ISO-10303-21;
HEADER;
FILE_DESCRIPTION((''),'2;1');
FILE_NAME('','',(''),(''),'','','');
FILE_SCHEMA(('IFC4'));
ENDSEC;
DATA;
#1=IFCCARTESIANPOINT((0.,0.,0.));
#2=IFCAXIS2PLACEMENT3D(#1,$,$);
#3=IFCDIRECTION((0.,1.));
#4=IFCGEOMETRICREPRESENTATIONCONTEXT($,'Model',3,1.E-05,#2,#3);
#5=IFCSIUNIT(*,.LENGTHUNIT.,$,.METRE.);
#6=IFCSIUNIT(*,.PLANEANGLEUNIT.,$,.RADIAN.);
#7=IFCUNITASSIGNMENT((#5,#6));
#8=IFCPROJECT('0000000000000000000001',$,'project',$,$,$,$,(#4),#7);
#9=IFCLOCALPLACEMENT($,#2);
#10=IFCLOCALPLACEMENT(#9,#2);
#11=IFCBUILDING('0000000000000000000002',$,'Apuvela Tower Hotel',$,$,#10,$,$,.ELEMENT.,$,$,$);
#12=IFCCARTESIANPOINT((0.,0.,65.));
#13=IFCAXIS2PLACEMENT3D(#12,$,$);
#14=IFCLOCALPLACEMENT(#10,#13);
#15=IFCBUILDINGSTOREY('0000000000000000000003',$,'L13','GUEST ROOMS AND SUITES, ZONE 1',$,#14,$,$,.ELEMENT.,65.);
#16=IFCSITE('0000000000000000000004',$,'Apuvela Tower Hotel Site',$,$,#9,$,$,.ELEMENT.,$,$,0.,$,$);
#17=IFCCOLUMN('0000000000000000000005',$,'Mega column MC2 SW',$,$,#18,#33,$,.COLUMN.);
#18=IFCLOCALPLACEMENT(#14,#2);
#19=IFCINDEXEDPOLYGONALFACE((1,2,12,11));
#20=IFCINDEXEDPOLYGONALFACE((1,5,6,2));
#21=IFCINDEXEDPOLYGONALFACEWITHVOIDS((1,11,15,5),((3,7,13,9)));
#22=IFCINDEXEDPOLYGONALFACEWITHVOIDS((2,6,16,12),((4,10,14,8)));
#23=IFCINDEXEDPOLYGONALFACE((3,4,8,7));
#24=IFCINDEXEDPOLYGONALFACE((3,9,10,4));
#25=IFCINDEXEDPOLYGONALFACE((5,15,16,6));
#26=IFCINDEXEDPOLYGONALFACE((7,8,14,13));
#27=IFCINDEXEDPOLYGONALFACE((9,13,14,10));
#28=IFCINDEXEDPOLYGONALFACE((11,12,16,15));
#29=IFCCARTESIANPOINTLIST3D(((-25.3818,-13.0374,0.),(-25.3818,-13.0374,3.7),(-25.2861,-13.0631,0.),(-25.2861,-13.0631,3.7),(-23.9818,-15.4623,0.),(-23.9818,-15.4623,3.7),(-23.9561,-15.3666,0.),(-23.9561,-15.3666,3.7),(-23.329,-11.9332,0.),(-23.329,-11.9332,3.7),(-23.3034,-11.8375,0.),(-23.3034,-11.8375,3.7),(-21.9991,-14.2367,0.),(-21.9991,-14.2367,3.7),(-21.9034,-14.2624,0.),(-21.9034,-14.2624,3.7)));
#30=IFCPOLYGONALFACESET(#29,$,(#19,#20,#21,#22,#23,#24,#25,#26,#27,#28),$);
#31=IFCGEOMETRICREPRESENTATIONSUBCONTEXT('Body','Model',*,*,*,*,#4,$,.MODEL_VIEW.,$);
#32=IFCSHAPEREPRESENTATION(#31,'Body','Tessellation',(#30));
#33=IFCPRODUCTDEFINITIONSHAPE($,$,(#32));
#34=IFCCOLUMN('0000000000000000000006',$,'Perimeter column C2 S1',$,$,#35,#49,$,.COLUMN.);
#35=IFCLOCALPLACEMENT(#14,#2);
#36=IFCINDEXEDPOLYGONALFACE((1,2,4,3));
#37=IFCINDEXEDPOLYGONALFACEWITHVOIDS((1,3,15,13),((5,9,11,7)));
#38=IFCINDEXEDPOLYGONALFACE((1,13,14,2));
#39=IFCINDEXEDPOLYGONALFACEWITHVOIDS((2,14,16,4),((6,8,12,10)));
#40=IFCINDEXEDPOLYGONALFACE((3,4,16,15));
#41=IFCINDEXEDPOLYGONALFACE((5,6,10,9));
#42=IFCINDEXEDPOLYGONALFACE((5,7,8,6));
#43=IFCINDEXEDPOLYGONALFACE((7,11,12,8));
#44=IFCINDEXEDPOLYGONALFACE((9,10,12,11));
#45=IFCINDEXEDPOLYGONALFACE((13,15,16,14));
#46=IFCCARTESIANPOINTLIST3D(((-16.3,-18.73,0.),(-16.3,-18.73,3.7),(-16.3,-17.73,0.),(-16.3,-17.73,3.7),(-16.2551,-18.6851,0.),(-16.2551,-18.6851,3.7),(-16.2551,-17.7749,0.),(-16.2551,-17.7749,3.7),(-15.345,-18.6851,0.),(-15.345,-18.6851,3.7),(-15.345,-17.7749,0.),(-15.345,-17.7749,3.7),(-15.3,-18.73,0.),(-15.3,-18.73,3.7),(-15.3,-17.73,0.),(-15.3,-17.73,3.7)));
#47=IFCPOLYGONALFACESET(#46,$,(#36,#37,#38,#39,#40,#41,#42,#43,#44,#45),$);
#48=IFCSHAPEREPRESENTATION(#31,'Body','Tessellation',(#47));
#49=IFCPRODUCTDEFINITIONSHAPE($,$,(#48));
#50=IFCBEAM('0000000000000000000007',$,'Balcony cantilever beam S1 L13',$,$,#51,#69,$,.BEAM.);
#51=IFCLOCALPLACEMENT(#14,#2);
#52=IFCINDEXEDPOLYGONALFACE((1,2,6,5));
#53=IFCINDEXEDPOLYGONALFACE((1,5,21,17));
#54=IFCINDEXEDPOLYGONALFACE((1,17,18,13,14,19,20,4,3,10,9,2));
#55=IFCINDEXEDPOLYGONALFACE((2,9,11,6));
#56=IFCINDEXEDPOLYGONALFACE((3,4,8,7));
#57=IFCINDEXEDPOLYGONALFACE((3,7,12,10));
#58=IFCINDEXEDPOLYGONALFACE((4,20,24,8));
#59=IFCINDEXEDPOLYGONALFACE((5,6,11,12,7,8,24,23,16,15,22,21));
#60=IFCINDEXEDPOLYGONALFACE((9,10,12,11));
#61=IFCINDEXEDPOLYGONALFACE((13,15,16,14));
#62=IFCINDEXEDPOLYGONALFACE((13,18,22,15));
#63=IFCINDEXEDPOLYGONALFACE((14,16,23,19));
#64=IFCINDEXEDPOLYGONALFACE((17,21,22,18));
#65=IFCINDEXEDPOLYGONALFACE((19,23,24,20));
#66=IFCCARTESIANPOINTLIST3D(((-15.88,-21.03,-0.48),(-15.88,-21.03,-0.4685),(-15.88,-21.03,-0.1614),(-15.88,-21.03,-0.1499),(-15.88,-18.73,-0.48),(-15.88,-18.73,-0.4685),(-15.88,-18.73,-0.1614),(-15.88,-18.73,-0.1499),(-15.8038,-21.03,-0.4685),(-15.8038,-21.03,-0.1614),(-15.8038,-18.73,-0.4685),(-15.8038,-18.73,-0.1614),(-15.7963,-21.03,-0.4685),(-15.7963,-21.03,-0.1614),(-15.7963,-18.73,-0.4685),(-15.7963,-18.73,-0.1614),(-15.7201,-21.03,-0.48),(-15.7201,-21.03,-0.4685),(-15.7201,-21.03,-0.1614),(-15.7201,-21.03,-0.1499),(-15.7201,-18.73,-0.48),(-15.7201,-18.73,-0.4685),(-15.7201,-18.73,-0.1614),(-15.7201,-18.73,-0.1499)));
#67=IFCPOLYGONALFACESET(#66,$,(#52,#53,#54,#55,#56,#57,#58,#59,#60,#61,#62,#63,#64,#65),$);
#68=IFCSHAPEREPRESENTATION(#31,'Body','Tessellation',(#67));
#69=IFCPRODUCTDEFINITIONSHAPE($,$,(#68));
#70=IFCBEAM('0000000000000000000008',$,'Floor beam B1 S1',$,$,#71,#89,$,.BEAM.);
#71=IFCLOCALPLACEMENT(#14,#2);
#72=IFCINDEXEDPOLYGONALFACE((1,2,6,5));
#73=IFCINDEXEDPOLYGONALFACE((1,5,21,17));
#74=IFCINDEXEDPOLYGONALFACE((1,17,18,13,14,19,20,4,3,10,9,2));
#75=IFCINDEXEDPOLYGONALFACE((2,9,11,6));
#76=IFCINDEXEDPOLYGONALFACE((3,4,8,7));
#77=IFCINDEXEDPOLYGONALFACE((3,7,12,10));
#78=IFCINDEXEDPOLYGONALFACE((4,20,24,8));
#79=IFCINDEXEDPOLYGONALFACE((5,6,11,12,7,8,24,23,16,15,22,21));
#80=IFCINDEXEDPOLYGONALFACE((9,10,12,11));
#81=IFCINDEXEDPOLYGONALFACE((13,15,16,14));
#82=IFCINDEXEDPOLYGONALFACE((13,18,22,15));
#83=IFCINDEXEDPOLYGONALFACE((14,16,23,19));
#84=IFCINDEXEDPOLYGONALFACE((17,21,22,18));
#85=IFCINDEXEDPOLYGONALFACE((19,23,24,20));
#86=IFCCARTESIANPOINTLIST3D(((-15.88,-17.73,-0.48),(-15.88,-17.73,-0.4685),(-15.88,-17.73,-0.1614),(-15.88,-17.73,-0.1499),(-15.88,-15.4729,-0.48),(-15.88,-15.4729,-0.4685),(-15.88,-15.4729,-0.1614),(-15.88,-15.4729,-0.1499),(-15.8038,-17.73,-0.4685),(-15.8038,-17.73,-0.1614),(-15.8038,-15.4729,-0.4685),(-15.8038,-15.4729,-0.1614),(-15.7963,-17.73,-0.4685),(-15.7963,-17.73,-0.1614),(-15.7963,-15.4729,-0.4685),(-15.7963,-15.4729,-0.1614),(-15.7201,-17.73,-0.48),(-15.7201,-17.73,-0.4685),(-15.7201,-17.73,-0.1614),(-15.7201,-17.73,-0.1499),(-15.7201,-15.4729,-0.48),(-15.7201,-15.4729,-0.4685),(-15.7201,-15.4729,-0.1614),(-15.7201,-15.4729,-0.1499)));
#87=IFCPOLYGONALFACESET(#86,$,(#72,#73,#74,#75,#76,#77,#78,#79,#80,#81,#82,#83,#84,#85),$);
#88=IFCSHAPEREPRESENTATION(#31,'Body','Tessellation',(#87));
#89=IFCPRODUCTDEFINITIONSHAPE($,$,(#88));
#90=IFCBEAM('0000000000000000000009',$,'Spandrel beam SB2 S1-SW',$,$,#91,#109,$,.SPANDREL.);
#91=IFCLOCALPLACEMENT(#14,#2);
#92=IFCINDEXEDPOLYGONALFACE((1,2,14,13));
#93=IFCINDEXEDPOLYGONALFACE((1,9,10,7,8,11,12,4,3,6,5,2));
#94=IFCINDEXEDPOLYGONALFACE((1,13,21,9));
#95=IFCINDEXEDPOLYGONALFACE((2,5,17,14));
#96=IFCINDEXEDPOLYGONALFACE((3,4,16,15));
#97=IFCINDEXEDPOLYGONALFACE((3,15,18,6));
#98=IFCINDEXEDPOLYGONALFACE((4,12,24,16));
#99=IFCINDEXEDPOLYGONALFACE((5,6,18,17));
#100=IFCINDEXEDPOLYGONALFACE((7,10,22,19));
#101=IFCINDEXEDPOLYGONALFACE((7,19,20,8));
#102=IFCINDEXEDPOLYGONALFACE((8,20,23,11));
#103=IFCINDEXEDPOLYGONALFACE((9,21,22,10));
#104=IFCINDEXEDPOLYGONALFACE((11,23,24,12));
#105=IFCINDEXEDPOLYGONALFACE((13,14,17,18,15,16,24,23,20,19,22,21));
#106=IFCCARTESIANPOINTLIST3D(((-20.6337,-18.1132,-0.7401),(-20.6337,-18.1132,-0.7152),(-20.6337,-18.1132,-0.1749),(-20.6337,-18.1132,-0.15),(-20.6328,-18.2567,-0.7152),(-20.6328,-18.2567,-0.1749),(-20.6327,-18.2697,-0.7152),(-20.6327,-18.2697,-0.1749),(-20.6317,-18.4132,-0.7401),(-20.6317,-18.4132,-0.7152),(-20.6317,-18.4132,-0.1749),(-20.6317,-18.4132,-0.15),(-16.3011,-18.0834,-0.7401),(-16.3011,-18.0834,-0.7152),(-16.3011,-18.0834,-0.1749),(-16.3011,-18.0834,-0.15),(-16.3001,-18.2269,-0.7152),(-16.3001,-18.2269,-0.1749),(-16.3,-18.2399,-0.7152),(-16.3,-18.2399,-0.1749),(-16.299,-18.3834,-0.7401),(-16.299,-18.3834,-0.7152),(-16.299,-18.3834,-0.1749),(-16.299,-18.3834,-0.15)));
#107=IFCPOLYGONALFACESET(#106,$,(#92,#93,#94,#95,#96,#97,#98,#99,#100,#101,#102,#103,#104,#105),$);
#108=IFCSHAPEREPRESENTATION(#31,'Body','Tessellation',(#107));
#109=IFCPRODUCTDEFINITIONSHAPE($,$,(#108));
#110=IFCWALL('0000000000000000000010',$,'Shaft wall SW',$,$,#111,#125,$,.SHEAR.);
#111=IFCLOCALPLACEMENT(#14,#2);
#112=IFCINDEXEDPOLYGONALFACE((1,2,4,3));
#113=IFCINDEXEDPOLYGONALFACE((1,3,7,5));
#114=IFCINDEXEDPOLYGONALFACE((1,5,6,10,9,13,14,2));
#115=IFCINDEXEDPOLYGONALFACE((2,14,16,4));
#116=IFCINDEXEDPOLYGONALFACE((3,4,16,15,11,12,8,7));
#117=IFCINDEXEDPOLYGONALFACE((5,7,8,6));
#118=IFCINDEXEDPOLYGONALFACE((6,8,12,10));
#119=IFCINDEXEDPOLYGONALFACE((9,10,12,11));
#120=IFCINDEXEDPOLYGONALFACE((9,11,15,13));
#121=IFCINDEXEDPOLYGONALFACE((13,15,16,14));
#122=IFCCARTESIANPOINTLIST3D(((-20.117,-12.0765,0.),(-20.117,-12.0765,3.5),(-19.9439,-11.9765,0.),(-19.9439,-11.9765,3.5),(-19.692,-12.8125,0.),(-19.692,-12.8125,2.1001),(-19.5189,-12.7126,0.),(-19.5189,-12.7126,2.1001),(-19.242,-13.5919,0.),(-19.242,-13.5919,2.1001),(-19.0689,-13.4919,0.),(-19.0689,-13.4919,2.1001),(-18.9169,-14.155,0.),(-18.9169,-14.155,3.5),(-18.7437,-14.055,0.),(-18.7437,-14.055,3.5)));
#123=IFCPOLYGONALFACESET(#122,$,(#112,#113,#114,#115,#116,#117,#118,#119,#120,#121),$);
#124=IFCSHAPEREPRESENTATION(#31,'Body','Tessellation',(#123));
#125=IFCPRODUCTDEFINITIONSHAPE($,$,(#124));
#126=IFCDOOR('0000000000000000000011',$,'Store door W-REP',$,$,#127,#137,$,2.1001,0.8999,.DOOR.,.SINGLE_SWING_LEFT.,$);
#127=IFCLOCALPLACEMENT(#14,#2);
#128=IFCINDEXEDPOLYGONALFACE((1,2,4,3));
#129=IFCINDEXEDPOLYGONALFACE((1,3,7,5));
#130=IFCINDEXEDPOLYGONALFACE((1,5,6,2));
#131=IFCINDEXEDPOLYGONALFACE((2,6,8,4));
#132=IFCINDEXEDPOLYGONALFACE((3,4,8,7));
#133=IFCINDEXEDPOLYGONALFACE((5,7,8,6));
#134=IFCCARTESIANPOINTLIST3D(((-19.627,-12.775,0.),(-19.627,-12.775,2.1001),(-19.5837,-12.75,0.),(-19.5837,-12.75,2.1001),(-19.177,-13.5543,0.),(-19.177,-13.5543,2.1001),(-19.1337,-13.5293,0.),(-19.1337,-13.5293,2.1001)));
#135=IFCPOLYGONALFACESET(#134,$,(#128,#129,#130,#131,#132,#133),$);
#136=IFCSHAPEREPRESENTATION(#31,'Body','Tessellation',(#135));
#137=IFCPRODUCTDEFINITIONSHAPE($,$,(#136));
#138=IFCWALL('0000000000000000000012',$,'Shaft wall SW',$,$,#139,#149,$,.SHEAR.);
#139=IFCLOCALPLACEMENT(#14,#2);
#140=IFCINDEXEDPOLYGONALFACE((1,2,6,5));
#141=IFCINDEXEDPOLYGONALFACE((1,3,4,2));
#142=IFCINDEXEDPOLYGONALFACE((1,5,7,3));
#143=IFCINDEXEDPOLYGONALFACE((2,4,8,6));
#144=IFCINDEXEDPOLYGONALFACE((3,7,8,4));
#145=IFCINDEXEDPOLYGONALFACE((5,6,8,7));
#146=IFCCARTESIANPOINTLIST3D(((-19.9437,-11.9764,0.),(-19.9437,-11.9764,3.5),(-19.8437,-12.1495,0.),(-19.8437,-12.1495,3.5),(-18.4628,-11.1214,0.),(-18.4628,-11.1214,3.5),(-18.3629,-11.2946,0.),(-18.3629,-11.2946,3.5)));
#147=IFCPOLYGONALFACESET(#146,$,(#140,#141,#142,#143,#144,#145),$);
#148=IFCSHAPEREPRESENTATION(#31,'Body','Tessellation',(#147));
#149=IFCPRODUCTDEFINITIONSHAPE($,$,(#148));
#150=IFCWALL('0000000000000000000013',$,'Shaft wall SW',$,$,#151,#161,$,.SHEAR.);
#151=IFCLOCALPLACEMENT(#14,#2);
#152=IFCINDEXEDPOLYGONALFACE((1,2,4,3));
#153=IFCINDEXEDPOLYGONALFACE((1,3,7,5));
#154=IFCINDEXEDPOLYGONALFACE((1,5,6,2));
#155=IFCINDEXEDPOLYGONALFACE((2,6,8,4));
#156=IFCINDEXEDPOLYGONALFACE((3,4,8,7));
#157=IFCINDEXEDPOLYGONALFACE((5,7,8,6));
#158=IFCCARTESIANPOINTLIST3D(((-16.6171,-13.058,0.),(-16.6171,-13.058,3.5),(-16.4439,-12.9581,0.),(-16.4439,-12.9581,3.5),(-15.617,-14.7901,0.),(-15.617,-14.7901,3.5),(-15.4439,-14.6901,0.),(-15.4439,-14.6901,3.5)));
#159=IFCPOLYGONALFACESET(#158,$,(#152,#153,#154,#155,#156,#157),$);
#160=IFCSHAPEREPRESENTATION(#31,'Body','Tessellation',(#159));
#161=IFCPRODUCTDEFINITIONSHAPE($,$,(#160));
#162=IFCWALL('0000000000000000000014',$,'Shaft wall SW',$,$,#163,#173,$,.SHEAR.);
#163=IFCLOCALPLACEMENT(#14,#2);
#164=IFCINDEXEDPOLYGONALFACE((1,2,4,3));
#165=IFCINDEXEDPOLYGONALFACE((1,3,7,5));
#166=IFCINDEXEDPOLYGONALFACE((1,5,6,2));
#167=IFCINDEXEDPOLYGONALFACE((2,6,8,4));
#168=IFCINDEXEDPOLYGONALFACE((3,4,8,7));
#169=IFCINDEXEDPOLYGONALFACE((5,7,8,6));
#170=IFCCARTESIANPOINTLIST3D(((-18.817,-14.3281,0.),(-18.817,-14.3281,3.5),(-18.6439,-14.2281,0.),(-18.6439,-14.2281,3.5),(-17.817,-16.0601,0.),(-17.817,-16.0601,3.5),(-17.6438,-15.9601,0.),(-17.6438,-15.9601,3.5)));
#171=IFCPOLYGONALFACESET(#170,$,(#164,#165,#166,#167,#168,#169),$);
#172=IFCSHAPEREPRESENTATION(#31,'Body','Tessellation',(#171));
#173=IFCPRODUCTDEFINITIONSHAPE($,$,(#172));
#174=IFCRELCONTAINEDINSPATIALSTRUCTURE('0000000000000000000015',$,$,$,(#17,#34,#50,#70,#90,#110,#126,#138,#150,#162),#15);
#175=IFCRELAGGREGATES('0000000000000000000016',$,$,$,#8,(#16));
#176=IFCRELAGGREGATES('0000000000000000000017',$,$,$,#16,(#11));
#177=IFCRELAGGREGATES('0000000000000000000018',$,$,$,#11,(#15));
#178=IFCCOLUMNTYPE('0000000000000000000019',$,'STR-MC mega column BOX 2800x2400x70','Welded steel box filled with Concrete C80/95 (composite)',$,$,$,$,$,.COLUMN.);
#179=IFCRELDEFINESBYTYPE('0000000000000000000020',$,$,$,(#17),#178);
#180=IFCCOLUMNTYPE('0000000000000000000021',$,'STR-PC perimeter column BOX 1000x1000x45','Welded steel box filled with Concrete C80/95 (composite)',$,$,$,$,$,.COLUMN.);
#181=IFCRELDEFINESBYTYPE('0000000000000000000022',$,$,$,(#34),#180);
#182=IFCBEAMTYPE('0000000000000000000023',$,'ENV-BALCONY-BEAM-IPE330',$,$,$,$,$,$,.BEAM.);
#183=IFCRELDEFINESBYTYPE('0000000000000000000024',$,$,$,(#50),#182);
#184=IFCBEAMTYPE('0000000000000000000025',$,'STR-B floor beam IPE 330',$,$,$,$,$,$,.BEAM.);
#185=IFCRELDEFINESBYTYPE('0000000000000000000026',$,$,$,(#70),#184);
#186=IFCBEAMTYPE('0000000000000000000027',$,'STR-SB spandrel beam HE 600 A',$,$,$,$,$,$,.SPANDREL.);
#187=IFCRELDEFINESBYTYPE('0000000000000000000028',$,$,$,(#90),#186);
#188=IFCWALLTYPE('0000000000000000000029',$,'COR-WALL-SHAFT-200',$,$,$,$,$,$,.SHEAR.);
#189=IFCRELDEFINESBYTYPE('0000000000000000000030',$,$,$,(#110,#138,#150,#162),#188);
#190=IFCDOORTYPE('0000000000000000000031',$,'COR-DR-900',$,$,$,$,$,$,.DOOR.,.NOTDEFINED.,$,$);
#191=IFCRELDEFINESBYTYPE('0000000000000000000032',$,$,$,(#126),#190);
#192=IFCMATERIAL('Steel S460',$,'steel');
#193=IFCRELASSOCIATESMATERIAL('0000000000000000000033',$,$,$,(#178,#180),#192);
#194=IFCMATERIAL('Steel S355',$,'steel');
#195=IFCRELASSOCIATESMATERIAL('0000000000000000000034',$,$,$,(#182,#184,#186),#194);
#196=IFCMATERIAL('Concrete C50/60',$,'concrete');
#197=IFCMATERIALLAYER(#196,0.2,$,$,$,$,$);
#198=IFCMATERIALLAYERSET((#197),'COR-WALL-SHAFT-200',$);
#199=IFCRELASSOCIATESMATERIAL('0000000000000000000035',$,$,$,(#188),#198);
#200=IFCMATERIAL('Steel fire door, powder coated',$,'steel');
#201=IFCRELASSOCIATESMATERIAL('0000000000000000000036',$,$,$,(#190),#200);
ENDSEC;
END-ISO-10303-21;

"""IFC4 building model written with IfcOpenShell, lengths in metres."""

from ifc_helpers import new_model, si_unit, direction, frame, frame_2d, origin, origin_2d, place, context, subcontext, project, spatial, rectangle, hollow_rectangle, i_section, extrude, material, layer, layer_set, material_profile, profile_set, type_object, element, fill, save


model = new_model("IFC4")

# Units and contexts
model_context = context("Model", 3, precision=1e-05, world=origin(), true_north=direction((0.0, 1.0)))
body_context = subcontext(model_context, "Body", "Model", "MODEL_VIEW")
ifc_project = project(units=[si_unit("LENGTHUNIT", "METRE"), si_unit("PLANEANGLEUNIT", "RADIAN")], contexts=[model_context])

# Site, building, storey
site_placement = place(None, origin())
site = spatial("IfcSite", under=ifc_project, at=site_placement, Name="Apuvela Tower Hotel Site", CompositionType="ELEMENT", RefElevation=0.0)
building_placement = place(site_placement, origin())
building = spatial("IfcBuilding", under=site, at=building_placement, Name="Apuvela Tower Hotel", CompositionType="ELEMENT")
storey_placement = place(building_placement, frame((0.0, 0.0, 65.0)))
storey = spatial("IfcBuildingStorey", under=building, at=storey_placement, Name="L13", Description="GUEST ROOMS AND SUITES, ZONE 1", CompositionType="ELEMENT", Elevation=65.0)

# Columns
ifc_material_1 = material(Name="Steel S460", Category="steel")
ifc_material_profile_1 = material_profile(ifc_material_1, hollow_rectangle(XDim=2.8, YDim=2.3999, WallThickness=0.0701, at=origin_2d()), Name="BOX 2800x2400x70")
ifc_material_2 = material(Name="Concrete C80/95", Category="concrete")
ifc_material_profile_2 = material_profile(ifc_material_2, rectangle(XDim=2.6599, YDim=2.26, at=origin_2d()), Name="Concrete C80/95 infill")
ifc_profile_set_1 = profile_set([ifc_material_profile_1, ifc_material_profile_2], Name="Steel S460")
column_type_1 = type_object("IfcColumnType", Name="STR-MC mega column BOX 2800x2400x70", Description="Welded steel box filled with Concrete C80/95 (composite)", PredefinedType="COLUMN", material=ifc_profile_set_1)
column_1_placement = place(storey_placement, frame((-23.6426, -13.6499, 0.0), z_axis=(0.0, 0.0, 1.0), x_axis=(-0.5, 0.866025, 0.0)))
element("IfcColumn", 1, at=column_1_placement, inside=storey, type_object=column_type_1, Name="Mega column MC2 SW", PredefinedType="COLUMN", context=body_context, shape_type="SweptSolid", body=[
    extrude(hollow_rectangle(XDim=2.8, YDim=2.3999, WallThickness=0.0701, at=origin_2d()), origin(), (0.0, 0.0, 1.0), 3.7),
])
ifc_material_profile_3 = material_profile(ifc_material_1, hollow_rectangle(XDim=1.0, YDim=1.0, WallThickness=0.0449, at=origin_2d()), Name="BOX 1000x1000x45")
ifc_material_profile_4 = material_profile(ifc_material_2, rectangle(XDim=0.9099, YDim=0.9099, at=origin_2d()), Name="Concrete C80/95 infill")
ifc_profile_set_2 = profile_set([ifc_material_profile_3, ifc_material_profile_4], Name="Steel S460")
column_type_2 = type_object("IfcColumnType", Name="STR-PC perimeter column BOX 1000x1000x45", Description="Welded steel box filled with Concrete C80/95 (composite)", PredefinedType="COLUMN", material=ifc_profile_set_2)
column_2_placement = place(storey_placement, frame((-15.8, -18.23, 0.0), z_axis=(0.0, 0.0, 1.0), x_axis=(-1.0, 0.0, 0.0)))
element("IfcColumn", 2, at=column_2_placement, inside=storey, type_object=column_type_2, Name="Perimeter column C2 S1", PredefinedType="COLUMN", context=body_context, shape_type="SweptSolid", body=[
    extrude(hollow_rectangle(XDim=1.0, YDim=1.0, WallThickness=0.0449, at=origin_2d()), origin(), (0.0, 0.0, 1.0), 3.7),
])

# Beams
ifc_material_3 = material(Name="Steel S355", Category="steel")
ifc_material_profile_5 = material_profile(ifc_material_3, i_section(OverallWidth=0.1599, OverallDepth=0.3301, WebThickness=0.0076, FlangeThickness=0.0115, at=origin_2d()), Name="IPE 330")
ifc_profile_set_3 = profile_set([ifc_material_profile_5], Name="Steel S355")
beam_type_1 = type_object("IfcBeamType", Name="ENV-BALCONY-BEAM-IPE330", PredefinedType="BEAM", material=ifc_profile_set_3)
beam_1_placement = place(storey_placement, frame((-15.8, -18.73, -0.3149), z_axis=(0.0, -1.0, 0.0), x_axis=(1.0, 0.0, 0.0)))
element("IfcBeam", 3, at=beam_1_placement, inside=storey, type_object=beam_type_1, Name="Balcony cantilever beam S1 L13", PredefinedType="BEAM", context=body_context, shape_type="SweptSolid", body=[
    extrude(i_section(OverallWidth=0.1599, OverallDepth=0.3301, WebThickness=0.0076, FlangeThickness=0.0115, at=origin_2d()), origin(), (0.0, 0.0, 1.0), 2.3),
])
ifc_material_profile_6 = material_profile(ifc_material_3, i_section(OverallWidth=0.1599, OverallDepth=0.3301, WebThickness=0.0076, FlangeThickness=0.0115, at=origin_2d()), Name="IPE 330")
ifc_profile_set_4 = profile_set([ifc_material_profile_6], Name="Steel S355")
beam_type_2 = type_object("IfcBeamType", Name="STR-B floor beam IPE 330", PredefinedType="BEAM", material=ifc_profile_set_4)
beam_2_placement = place(storey_placement, frame((-15.8, -17.73, -0.3149), z_axis=(0.0, 1.0, 0.0), x_axis=(-1.0, 0.0, 0.0)))
element("IfcBeam", 4, at=beam_2_placement, inside=storey, type_object=beam_type_2, Name="Floor beam B1 S1", PredefinedType="BEAM", context=body_context, shape_type="SweptSolid", body=[
    extrude(i_section(OverallWidth=0.1599, OverallDepth=0.3301, WebThickness=0.0076, FlangeThickness=0.0115, at=origin_2d()), origin(), (0.0, 0.0, 1.0), 2.2571),
])
ifc_material_profile_7 = material_profile(ifc_material_3, i_section(OverallWidth=0.3, OverallDepth=0.5901, WebThickness=0.0129, FlangeThickness=0.0249, at=origin_2d()), Name="HE 600 A")
ifc_profile_set_5 = profile_set([ifc_material_profile_7], Name="Steel S355")
beam_type_3 = type_object("IfcBeamType", Name="STR-SB spandrel beam HE 600 A", PredefinedType="SPANDREL", material=ifc_profile_set_5)
beam_3_placement = place(storey_placement, frame((-16.3, -18.2334, -0.4451), z_axis=(-0.999976, -0.006874, 0.0), x_axis=(0.006874, -0.999976, 0.0)))
element("IfcBeam", 5, at=beam_3_placement, inside=storey, type_object=beam_type_3, Name="Spandrel beam SB2 S1-SW", PredefinedType="SPANDREL", context=body_context, shape_type="SweptSolid", body=[
    extrude(i_section(OverallWidth=0.3, OverallDepth=0.5901, WebThickness=0.0129, FlangeThickness=0.0249, at=origin_2d()), origin(), (0.0, 0.0, 1.0), 4.3328),
])

# Wall, opening, door
ifc_material_4 = material(Name="Concrete C50/60", Category="concrete")
ifc_layer_1 = layer(ifc_material_4, 0.2)
ifc_layer_set_1 = layer_set([ifc_layer_1], Name="COR-WALL-SHAFT-200")
wall_type_1 = type_object("IfcWallType", Name="COR-WALL-SHAFT-200", PredefinedType="SHEAR", material=ifc_layer_set_1)
wall_1_placement = place(storey_placement, frame((-20.0305, -12.0264, 0.0), z_axis=(0.0, 0.0, 1.0), x_axis=(0.500034, -0.866006, 0.0)))
wall_1 = element("IfcWall", 6, at=wall_1_placement, inside=storey, type_object=wall_type_1, Name="Shaft wall SW", PredefinedType="SHEAR", context=body_context, shape_type="SweptSolid", body=[
    extrude(rectangle(XDim=2.4001, YDim=0.2, at=frame_2d((1.2002, 0.0))), origin(), (0.0, 0.0, 1.0), 3.5),
])
opening_1_placement = place(wall_1_placement, frame((0.8501, 0.0, 0.0)))
opening_1 = element("IfcOpeningElement", 7, at=opening_1_placement, cuts=wall_1, PredefinedType="OPENING", context=body_context, shape_type="SweptSolid", body=[
    extrude(rectangle(XDim=0.8999, YDim=2.1001, at=frame_2d((0.45, 1.05))), frame((0.0, 0.1099, 0.0), z_axis=(0.0, -1.0, 0.0), x_axis=(1.0, 0.0, 0.0)), (0.0, 0.0, 1.0), 0.22),
])
ifc_material_5 = material(Name="Steel fire door, powder coated", Category="steel")
door_type_1 = type_object("IfcDoorType", Name="COR-DR-900", OperationType="NOTDEFINED", PredefinedType="DOOR", material=ifc_material_5)
door_1_placement = place(opening_1_placement, frame((0.8999, 0.0, 0.0), z_axis=(0.0, 0.0, 1.0), x_axis=(-1.0, 0.0, 0.0)))
door_1 = element("IfcDoor", 8, at=door_1_placement, inside=storey, type_object=door_type_1, Name="Store door W-REP", OperationType="SINGLE_SWING_LEFT", OverallHeight=2.1001, OverallWidth=0.8999, PredefinedType="DOOR", context=body_context, shape_type="SweptSolid", body=[
    extrude(rectangle(XDim=0.8999, YDim=2.1001, at=frame_2d((0.45, 1.05))), frame((0.0, 0.0249, 0.0), z_axis=(0.0, -1.0, 0.0), x_axis=(1.0, 0.0, 0.0)), (0.0, 0.0, 1.0), 0.05),
])
fill(opening_1, door_1)

# Walls
wall_2_placement = place(storey_placement, frame((-18.4128, -11.208, 0.0), z_axis=(0.0, 0.0, 1.0), x_axis=(-0.866038, -0.499978, 0.0)))
element("IfcWall", 9, at=wall_2_placement, inside=storey, type_object=wall_type_1, Name="Shaft wall SW", PredefinedType="SHEAR", context=body_context, shape_type="SweptSolid", body=[
    extrude(rectangle(XDim=1.71, YDim=0.2, at=frame_2d((0.855, 0.0))), origin(), (0.0, 0.0, 1.0), 3.5),
])
for number, where, z_axis, x_axis, name in (
    (10, (-16.5305, -13.0081, 0.0), (0.0, 0.0, 1.0), (0.500025, -0.866011, 0.0), "Shaft wall SW"),
    (11, (-18.7305, -14.2781, 0.0), (0.0, 0.0, 1.0), (0.500025, -0.866011, 0.0), "Shaft wall SW"),
):
    element("IfcWall", number, at=place(storey_placement, frame(where, z_axis=z_axis, x_axis=x_axis)), inside=storey, type_object=wall_type_1, Name=name, PredefinedType="SHEAR", context=body_context, shape_type="SweptSolid", body=[
        extrude(rectangle(XDim=2.0, YDim=0.2, at=frame_2d((1.0, 0.0))), origin(), (0.0, 0.0, 1.0), 3.5),
    ])

save(model, "model.ifc")
